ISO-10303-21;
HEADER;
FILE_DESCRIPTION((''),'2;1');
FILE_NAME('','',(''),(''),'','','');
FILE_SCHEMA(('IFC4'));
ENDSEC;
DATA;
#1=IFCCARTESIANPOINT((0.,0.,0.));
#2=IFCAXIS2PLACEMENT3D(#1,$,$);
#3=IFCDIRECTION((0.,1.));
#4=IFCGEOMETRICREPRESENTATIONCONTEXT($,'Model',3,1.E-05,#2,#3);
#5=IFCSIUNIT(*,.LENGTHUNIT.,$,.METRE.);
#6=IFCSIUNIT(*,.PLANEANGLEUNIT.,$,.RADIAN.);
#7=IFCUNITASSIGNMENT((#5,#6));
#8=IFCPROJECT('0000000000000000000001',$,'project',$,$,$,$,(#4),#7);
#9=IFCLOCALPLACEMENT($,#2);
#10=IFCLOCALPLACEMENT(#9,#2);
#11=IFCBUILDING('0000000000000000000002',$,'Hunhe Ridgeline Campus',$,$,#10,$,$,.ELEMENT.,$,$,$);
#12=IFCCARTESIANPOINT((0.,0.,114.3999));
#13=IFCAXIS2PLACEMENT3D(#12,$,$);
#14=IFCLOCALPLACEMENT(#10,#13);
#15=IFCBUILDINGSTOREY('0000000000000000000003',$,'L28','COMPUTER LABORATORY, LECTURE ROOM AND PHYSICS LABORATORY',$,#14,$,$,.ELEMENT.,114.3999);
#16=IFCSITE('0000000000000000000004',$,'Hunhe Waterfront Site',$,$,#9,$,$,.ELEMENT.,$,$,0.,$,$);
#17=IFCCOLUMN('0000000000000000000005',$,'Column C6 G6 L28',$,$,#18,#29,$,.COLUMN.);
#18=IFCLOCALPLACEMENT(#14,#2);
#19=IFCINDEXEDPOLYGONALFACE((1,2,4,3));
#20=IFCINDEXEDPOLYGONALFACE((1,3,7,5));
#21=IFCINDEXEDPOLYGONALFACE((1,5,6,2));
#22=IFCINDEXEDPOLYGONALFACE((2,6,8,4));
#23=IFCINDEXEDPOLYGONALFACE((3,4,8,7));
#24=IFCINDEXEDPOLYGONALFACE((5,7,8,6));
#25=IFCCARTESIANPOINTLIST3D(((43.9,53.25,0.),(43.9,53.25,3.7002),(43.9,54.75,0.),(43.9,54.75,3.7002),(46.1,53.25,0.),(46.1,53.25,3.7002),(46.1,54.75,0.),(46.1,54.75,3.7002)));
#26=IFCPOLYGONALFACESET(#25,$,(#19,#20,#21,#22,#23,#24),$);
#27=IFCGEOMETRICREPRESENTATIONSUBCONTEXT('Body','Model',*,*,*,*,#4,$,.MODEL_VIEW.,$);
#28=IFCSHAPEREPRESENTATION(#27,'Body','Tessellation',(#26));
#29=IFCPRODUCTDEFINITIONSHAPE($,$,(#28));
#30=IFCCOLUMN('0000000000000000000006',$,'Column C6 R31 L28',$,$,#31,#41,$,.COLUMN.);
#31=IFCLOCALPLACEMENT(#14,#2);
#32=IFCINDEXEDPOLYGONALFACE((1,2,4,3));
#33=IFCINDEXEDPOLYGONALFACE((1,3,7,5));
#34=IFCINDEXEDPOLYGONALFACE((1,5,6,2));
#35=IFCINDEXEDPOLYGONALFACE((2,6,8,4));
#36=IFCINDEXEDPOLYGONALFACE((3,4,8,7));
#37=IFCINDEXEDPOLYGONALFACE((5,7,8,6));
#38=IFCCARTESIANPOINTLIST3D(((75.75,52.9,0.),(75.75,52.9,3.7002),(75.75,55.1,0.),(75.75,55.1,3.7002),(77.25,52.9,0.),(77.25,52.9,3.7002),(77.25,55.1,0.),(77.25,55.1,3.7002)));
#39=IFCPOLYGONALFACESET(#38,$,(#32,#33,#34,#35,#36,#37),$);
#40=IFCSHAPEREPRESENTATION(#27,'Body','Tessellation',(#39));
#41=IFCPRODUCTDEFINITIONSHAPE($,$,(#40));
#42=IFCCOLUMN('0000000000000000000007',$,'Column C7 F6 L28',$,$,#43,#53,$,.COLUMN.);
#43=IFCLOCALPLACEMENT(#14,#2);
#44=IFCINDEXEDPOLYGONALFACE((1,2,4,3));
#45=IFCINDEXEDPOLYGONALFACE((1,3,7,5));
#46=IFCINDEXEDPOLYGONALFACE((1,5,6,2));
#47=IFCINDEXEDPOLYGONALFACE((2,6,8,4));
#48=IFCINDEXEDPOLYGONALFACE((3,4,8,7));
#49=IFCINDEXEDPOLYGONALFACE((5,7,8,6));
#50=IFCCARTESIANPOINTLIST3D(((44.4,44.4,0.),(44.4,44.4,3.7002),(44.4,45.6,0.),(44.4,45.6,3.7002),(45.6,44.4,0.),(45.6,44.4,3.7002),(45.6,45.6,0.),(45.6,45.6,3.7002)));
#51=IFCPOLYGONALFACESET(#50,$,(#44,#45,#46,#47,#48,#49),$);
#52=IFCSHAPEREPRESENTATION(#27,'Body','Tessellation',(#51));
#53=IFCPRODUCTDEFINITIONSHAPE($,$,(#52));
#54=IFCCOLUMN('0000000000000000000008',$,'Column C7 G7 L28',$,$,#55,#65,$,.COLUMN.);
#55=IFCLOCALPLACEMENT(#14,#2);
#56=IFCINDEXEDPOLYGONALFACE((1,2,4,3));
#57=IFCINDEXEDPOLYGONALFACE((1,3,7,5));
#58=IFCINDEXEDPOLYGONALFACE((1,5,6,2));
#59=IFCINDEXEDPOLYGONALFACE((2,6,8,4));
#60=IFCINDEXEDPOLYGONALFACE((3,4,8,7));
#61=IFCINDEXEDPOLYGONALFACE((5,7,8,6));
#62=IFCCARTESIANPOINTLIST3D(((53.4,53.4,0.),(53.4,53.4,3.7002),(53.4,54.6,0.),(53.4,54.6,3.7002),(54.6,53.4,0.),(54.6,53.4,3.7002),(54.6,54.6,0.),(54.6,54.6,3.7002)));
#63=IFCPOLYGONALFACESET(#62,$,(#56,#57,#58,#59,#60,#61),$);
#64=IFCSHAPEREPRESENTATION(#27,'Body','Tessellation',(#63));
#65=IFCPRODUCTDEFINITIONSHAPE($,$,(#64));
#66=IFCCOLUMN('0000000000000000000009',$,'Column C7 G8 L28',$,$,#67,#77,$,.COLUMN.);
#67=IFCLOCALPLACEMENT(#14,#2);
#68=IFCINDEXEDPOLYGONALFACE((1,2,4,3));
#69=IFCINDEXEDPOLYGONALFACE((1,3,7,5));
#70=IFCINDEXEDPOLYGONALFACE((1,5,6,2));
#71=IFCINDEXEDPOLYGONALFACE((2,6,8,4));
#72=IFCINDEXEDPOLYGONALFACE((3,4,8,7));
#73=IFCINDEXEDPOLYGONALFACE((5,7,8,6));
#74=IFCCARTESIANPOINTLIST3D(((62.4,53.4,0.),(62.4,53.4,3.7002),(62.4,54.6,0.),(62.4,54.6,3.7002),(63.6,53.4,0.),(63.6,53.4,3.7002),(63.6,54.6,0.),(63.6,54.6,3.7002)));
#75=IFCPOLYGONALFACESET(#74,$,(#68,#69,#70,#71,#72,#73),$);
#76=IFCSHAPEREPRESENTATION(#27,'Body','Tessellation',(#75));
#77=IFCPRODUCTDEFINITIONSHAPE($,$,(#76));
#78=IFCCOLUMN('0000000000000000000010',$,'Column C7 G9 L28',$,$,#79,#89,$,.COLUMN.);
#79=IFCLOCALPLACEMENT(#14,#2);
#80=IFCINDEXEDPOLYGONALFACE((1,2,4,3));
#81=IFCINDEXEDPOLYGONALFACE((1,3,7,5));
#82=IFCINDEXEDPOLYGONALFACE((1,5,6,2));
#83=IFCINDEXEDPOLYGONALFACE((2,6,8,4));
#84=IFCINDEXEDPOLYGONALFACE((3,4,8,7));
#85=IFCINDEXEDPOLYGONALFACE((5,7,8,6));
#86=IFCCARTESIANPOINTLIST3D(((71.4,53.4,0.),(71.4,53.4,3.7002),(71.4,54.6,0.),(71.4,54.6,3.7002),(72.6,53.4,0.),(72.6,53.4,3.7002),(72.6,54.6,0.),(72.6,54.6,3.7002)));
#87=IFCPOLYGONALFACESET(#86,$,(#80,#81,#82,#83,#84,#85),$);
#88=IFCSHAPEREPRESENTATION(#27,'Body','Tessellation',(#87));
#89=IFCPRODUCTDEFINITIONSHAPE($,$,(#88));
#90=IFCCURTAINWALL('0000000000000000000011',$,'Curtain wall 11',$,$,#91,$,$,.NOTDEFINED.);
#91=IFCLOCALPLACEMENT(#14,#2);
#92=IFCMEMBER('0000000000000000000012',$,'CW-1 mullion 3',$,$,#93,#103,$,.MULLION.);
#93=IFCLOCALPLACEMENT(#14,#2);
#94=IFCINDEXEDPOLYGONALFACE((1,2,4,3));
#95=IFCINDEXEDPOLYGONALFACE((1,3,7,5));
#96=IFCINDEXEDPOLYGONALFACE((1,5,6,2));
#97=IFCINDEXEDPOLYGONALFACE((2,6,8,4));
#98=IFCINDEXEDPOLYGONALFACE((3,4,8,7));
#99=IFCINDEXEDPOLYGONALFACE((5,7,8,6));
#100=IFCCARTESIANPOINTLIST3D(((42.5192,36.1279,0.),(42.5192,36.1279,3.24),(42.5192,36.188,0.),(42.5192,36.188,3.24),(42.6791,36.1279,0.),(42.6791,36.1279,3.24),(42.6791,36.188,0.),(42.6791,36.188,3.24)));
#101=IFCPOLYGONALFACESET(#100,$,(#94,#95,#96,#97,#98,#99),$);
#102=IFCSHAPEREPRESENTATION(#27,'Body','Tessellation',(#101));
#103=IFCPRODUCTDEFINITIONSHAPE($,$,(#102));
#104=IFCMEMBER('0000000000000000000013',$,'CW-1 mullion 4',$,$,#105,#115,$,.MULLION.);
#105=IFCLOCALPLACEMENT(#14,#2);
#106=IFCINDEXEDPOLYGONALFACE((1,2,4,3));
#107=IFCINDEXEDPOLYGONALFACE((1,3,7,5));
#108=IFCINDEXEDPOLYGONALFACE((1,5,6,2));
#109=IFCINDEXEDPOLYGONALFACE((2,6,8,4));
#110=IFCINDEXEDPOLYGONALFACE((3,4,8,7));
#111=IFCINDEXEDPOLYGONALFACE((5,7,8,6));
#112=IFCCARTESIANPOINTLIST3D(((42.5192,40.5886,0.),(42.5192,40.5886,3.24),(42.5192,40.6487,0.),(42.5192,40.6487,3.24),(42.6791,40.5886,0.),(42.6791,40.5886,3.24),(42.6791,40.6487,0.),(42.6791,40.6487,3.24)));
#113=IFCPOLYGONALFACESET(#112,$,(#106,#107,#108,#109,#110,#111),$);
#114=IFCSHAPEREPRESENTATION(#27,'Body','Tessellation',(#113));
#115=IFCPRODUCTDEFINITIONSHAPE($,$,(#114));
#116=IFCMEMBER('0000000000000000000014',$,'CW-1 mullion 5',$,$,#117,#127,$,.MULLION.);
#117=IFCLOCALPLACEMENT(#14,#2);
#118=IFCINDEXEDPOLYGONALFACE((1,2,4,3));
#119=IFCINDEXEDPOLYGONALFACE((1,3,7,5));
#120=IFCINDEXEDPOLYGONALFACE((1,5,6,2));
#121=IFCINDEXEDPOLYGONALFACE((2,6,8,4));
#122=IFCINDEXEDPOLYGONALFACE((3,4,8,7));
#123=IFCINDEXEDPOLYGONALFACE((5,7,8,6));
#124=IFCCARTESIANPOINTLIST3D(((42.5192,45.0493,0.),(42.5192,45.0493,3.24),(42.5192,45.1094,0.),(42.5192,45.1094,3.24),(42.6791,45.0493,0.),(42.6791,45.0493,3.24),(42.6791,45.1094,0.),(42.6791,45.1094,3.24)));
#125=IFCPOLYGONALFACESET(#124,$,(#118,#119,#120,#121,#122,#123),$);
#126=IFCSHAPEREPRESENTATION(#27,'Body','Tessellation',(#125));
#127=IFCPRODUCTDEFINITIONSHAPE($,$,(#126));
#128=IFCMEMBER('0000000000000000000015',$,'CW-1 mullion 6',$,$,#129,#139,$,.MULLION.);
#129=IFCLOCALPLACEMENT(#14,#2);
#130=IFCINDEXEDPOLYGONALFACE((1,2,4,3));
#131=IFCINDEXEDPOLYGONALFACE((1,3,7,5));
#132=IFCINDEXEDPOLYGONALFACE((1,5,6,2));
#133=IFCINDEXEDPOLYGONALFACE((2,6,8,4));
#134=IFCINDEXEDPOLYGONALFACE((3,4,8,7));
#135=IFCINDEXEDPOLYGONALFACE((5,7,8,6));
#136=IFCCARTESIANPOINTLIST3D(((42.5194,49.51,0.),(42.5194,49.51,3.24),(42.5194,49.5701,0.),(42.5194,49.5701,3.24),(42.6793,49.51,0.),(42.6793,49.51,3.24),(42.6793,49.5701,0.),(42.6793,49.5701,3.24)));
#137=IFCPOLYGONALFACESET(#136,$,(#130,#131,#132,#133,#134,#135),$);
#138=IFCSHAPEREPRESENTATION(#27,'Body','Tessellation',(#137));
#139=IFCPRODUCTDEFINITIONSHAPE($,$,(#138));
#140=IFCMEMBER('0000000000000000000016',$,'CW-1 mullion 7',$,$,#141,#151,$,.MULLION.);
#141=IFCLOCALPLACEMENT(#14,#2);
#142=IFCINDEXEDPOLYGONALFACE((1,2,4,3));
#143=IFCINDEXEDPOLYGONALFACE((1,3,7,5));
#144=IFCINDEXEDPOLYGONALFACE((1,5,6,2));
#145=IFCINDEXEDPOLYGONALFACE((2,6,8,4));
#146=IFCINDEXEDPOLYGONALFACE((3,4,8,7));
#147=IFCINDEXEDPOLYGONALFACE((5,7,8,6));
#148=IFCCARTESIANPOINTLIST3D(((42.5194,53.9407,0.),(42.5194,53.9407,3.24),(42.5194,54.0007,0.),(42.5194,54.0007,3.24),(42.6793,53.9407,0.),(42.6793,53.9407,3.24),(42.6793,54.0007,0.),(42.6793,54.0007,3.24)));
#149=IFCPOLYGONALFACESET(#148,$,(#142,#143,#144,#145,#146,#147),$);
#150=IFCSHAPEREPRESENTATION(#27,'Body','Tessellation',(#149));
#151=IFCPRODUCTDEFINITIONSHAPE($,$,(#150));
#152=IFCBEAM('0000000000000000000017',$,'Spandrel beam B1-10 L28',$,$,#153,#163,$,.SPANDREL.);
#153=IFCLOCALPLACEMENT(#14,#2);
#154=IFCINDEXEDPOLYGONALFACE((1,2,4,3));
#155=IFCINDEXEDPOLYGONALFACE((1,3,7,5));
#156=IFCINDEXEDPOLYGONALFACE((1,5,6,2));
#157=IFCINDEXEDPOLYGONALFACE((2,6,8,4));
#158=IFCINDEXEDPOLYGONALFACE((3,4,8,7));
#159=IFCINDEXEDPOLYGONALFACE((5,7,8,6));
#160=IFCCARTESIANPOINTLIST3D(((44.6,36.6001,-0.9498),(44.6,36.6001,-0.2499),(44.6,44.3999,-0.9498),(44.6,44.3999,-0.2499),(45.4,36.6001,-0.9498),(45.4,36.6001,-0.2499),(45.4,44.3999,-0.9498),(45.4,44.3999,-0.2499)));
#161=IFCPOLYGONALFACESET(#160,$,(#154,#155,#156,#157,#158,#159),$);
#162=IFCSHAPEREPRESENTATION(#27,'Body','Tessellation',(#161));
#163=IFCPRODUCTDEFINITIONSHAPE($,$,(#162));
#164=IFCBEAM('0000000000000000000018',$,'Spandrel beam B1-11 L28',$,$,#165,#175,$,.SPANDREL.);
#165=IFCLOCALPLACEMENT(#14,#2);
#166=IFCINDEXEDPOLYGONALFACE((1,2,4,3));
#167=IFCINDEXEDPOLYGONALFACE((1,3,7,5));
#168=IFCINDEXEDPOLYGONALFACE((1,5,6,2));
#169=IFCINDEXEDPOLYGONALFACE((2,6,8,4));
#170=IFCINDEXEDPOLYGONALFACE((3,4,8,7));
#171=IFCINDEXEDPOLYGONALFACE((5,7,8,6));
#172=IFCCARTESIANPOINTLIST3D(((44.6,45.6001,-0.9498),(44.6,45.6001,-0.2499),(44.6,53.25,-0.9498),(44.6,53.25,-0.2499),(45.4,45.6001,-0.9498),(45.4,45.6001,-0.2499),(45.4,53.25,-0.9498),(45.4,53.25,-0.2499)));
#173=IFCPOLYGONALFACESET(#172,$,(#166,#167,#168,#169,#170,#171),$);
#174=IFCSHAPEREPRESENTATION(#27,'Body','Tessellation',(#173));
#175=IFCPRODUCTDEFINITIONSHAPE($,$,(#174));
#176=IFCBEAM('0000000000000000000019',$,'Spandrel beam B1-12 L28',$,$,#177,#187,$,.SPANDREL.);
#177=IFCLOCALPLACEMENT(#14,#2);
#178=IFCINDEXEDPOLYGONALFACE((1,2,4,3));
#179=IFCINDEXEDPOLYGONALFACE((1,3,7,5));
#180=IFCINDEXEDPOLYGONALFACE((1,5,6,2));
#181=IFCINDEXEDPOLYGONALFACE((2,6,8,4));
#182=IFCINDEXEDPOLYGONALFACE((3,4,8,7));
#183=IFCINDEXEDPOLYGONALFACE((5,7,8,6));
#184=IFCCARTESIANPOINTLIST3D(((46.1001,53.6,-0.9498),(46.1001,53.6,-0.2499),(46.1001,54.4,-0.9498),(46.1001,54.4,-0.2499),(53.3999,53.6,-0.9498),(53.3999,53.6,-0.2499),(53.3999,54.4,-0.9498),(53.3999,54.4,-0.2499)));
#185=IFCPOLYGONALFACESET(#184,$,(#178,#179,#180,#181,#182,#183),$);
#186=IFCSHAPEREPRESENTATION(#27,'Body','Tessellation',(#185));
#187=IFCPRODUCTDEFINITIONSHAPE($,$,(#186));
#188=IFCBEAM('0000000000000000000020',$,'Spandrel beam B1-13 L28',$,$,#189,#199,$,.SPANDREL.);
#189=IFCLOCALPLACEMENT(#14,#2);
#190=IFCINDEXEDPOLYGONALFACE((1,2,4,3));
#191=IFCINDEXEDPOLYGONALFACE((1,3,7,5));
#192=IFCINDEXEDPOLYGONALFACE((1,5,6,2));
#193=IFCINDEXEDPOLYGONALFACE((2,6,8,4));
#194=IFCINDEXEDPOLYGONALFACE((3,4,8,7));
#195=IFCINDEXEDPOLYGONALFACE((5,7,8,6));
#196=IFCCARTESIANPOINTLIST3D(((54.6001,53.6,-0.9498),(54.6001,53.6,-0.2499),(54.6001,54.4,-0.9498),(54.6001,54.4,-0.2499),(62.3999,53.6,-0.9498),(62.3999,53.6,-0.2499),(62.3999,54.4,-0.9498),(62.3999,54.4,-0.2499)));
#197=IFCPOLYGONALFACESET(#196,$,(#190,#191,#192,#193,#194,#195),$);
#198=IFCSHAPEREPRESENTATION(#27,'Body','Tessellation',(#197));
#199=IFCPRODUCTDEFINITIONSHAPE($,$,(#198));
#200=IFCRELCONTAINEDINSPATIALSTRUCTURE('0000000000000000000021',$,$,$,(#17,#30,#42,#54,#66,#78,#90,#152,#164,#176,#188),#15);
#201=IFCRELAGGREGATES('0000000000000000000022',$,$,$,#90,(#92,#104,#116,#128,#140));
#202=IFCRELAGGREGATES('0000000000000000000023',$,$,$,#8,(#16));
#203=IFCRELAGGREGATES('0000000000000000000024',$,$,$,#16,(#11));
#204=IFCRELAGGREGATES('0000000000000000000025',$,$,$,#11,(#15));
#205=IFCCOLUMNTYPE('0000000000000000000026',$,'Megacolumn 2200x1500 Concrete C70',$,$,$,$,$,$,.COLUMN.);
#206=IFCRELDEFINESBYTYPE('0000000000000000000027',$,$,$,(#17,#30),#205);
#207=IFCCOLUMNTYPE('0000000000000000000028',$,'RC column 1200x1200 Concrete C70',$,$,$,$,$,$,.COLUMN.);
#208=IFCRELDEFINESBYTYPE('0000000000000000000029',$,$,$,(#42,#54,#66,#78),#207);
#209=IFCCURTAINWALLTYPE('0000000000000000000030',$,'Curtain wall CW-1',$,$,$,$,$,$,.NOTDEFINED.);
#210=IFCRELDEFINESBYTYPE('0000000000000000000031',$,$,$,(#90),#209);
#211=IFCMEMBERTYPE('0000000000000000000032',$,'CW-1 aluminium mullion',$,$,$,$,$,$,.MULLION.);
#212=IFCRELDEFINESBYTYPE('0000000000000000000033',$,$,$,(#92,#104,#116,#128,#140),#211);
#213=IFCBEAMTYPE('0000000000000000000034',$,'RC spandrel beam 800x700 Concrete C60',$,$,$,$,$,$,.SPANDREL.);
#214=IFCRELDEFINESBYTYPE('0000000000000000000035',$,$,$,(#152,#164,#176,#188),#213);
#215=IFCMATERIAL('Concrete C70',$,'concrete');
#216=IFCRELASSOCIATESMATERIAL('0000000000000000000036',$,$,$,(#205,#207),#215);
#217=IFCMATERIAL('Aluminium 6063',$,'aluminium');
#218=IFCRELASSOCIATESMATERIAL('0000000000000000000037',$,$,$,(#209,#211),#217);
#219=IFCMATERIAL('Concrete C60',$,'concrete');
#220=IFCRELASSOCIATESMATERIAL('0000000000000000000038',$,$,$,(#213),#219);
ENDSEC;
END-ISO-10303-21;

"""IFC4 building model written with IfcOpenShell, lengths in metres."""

from ifc_helpers import new_model, si_unit, direction, frame, origin, origin_2d, place, context, subcontext, project, spatial, rectangle, extrude, material, material_profile, profile_set, type_object, element, aggregate, save


model = new_model("IFC4")

# Units and contexts
model_context = context("Model", 3, precision=1e-05, world=origin(), true_north=direction((0.0, 1.0)))
body_context = subcontext(model_context, "Body", "Model", "MODEL_VIEW")
ifc_project = project(units=[si_unit("LENGTHUNIT", "METRE"), si_unit("PLANEANGLEUNIT", "RADIAN")], contexts=[model_context])

# Site, building, storey
site_placement = place(None, origin())
site = spatial("IfcSite", under=ifc_project, at=site_placement, Name="Hunhe Waterfront Site", CompositionType="ELEMENT", RefElevation=0.0)
building_placement = place(site_placement, origin())
building = spatial("IfcBuilding", under=site, at=building_placement, Name="Hunhe Ridgeline Campus", CompositionType="ELEMENT")
storey_placement = place(building_placement, frame((0.0, 0.0, 114.3999)))
storey = spatial("IfcBuildingStorey", under=building, at=storey_placement, Name="L28", Description="COMPUTER LABORATORY, LECTURE ROOM AND PHYSICS LABORATORY", CompositionType="ELEMENT", Elevation=114.3999)

# Columns
ifc_material_1 = material(Name="Concrete C70", Category="concrete")
ifc_material_profile_1 = material_profile(ifc_material_1, rectangle(XDim=2.2, YDim=1.5, at=origin_2d()))
ifc_profile_set_1 = profile_set([ifc_material_profile_1], Name="Concrete C70")
column_type_1 = type_object("IfcColumnType", Name="Megacolumn 2200x1500 Concrete C70", PredefinedType="COLUMN", material=ifc_profile_set_1)
for number, where, z_axis, x_axis, name in (
    (1, (45.0, 54.0, 0.0), (0.0, 0.0, 1.0), (1.0, 0.0, 0.0), "Column C6 G6 L28"),
    (2, (76.5, 54.0, 0.0), (0.0, 0.0, 1.0), (0.0, 1.0, 0.0), "Column C6 R31 L28"),
):
    element("IfcColumn", number, at=place(storey_placement, frame(where, z_axis=z_axis, x_axis=x_axis)), inside=storey, type_object=column_type_1, Name=name, PredefinedType="COLUMN", context=body_context, shape_type="SweptSolid", body=[
        extrude(rectangle(XDim=2.2, YDim=1.5, at=origin_2d()), origin(), (0.0, 0.0, 1.0), 3.7002),
    ])
ifc_material_profile_2 = material_profile(ifc_material_1, rectangle(XDim=1.2, YDim=1.2, at=origin_2d()))
ifc_profile_set_2 = profile_set([ifc_material_profile_2], Name="Concrete C70")
column_type_2 = type_object("IfcColumnType", Name="RC column 1200x1200 Concrete C70", PredefinedType="COLUMN", material=ifc_profile_set_2)
for number, where, z_axis, x_axis, name in (
    (3, (45.0, 45.0, 0.0), (0.0, 0.0, 1.0), (1.0, 0.0, 0.0), "Column C7 F6 L28"),
    (4, (54.0, 54.0, 0.0), (0.0, 0.0, 1.0), (1.0, 0.0, 0.0), "Column C7 G7 L28"),
    (5, (63.0, 54.0, 0.0), (0.0, 0.0, 1.0), (1.0, 0.0, 0.0), "Column C7 G8 L28"),
    (6, (72.0, 54.0, 0.0), (0.0, 0.0, 1.0), (1.0, 0.0, 0.0), "Column C7 G9 L28"),
):
    element("IfcColumn", number, at=place(storey_placement, frame(where, z_axis=z_axis, x_axis=x_axis)), inside=storey, type_object=column_type_2, Name=name, PredefinedType="COLUMN", context=body_context, shape_type="SweptSolid", body=[
        extrude(rectangle(XDim=1.2, YDim=1.2, at=origin_2d()), origin(), (0.0, 0.0, 1.0), 3.7002),
    ])

# Curtain wall, members
ifc_material_2 = material(Name="Aluminium 6063", Category="aluminium")
curtain_wall_type = type_object("IfcCurtainWallType", Name="Curtain wall CW-1", PredefinedType="NOTDEFINED", material=ifc_material_2)
curtain_wall_placement = place(storey_placement, origin())
curtain_wall = element("IfcCurtainWall", 7, at=curtain_wall_placement, inside=storey, type_object=curtain_wall_type, Name="Curtain wall 11", PredefinedType="NOTDEFINED")
ifc_material_profile_3 = material_profile(ifc_material_2, rectangle(XDim=0.1599, YDim=0.0601, at=origin_2d()))
ifc_profile_set_3 = profile_set([ifc_material_profile_3], Name="Aluminium 6063")
member_type = type_object("IfcMemberType", Name="CW-1 aluminium mullion", PredefinedType="MULLION", material=ifc_profile_set_3)
member_1_placement = place(storey_placement, frame((42.5991, 36.158, 0.0), z_axis=(0.0, 0.0, 1.0), x_axis=(-1.0, 0.000011, 0.0)))
member_1 = element("IfcMember", 8, at=member_1_placement, type_object=member_type, Name="CW-1 mullion 3", PredefinedType="MULLION", context=body_context, shape_type="SweptSolid", body=[
    extrude(rectangle(XDim=0.1599, YDim=0.0601, at=origin_2d()), origin(), (0.0, 0.0, 1.0), 3.24),
])
member_2_placement = place(storey_placement, frame((42.5991, 40.6187, 0.0), z_axis=(0.0, 0.0, 1.0), x_axis=(-1.0, 0.000011, 0.0)))
member_2 = element("IfcMember", 9, at=member_2_placement, type_object=member_type, Name="CW-1 mullion 4", PredefinedType="MULLION", context=body_context, shape_type="SweptSolid", body=[
    extrude(rectangle(XDim=0.1599, YDim=0.0601, at=origin_2d()), origin(), (0.0, 0.0, 1.0), 3.24),
])
member_3_placement = place(storey_placement, frame((42.5991, 45.0793, 0.0), z_axis=(0.0, 0.0, 1.0), x_axis=(-1.0, 0.000011, 0.0)))
member_3 = element("IfcMember", 10, at=member_3_placement, type_object=member_type, Name="CW-1 mullion 5", PredefinedType="MULLION", context=body_context, shape_type="SweptSolid", body=[
    extrude(rectangle(XDim=0.1599, YDim=0.0601, at=origin_2d()), origin(), (0.0, 0.0, 1.0), 3.24),
])
member_4_placement = place(storey_placement, frame((42.5994, 49.54, 0.0), z_axis=(0.0, 0.0, 1.0), x_axis=(-1.0, 0.000011, 0.0)))
member_4 = element("IfcMember", 11, at=member_4_placement, type_object=member_type, Name="CW-1 mullion 6", PredefinedType="MULLION", context=body_context, shape_type="SweptSolid", body=[
    extrude(rectangle(XDim=0.1599, YDim=0.0601, at=origin_2d()), origin(), (0.0, 0.0, 1.0), 3.24),
])
member_5_placement = place(storey_placement, frame((42.5994, 53.9707, 0.0), z_axis=(0.0, 0.0, 1.0), x_axis=(-1.0, 0.000011, 0.0)))
member_5 = element("IfcMember", 12, at=member_5_placement, type_object=member_type, Name="CW-1 mullion 7", PredefinedType="MULLION", context=body_context, shape_type="SweptSolid", body=[
    extrude(rectangle(XDim=0.1599, YDim=0.0601, at=origin_2d()), origin(), (0.0, 0.0, 1.0), 3.24),
])

# Beams
ifc_material_3 = material(Name="Concrete C60", Category="concrete")
ifc_material_profile_4 = material_profile(ifc_material_3, rectangle(XDim=0.8, YDim=0.7, at=origin_2d()))
ifc_profile_set_4 = profile_set([ifc_material_profile_4], Name="Concrete C60")
beam_type = type_object("IfcBeamType", Name="RC spandrel beam 800x700 Concrete C60", PredefinedType="SPANDREL", material=ifc_profile_set_4)
beam_1_placement = place(storey_placement, frame((45.0, 36.6001, -0.5999), z_axis=(0.0, 1.0, 0.0), x_axis=(-1.0, 0.0, 0.0)))
element("IfcBeam", 13, at=beam_1_placement, inside=storey, type_object=beam_type, Name="Spandrel beam B1-10 L28", PredefinedType="SPANDREL", context=body_context, shape_type="SweptSolid", body=[
    extrude(rectangle(XDim=0.8, YDim=0.7, at=origin_2d()), origin(), (0.0, 0.0, 1.0), 7.7998),
])
beam_2_placement = place(storey_placement, frame((45.0, 45.6001, -0.5999), z_axis=(0.0, 1.0, 0.0), x_axis=(-1.0, 0.0, 0.0)))
element("IfcBeam", 14, at=beam_2_placement, inside=storey, type_object=beam_type, Name="Spandrel beam B1-11 L28", PredefinedType="SPANDREL", context=body_context, shape_type="SweptSolid", body=[
    extrude(rectangle(XDim=0.8, YDim=0.7, at=origin_2d()), origin(), (0.0, 0.0, 1.0), 7.6499),
])
beam_3_placement = place(storey_placement, frame((46.1001, 54.0, -0.5999), z_axis=(1.0, 0.0, 0.0), x_axis=(0.0, 1.0, 0.0)))
element("IfcBeam", 15, at=beam_3_placement, inside=storey, type_object=beam_type, Name="Spandrel beam B1-12 L28", PredefinedType="SPANDREL", context=body_context, shape_type="SweptSolid", body=[
    extrude(rectangle(XDim=0.8, YDim=0.7, at=origin_2d()), origin(), (0.0, 0.0, 1.0), 7.2998),
])
for number, where, z_axis, x_axis, name in (
    (16, (54.6001, 54.0, -0.5999), (1.0, 0.0, 0.0), (0.0, 1.0, 0.0), "Spandrel beam B1-13 L28"),
):
    element("IfcBeam", number, at=place(storey_placement, frame(where, z_axis=z_axis, x_axis=x_axis)), inside=storey, type_object=beam_type, Name=name, PredefinedType="SPANDREL", context=body_context, shape_type="SweptSolid", body=[
        extrude(rectangle(XDim=0.8, YDim=0.7, at=origin_2d()), origin(), (0.0, 0.0, 1.0), 7.7998),
    ])

aggregate(curtain_wall, [member_1, member_2, member_3, member_4, member_5])

save(model, "model.ifc")
